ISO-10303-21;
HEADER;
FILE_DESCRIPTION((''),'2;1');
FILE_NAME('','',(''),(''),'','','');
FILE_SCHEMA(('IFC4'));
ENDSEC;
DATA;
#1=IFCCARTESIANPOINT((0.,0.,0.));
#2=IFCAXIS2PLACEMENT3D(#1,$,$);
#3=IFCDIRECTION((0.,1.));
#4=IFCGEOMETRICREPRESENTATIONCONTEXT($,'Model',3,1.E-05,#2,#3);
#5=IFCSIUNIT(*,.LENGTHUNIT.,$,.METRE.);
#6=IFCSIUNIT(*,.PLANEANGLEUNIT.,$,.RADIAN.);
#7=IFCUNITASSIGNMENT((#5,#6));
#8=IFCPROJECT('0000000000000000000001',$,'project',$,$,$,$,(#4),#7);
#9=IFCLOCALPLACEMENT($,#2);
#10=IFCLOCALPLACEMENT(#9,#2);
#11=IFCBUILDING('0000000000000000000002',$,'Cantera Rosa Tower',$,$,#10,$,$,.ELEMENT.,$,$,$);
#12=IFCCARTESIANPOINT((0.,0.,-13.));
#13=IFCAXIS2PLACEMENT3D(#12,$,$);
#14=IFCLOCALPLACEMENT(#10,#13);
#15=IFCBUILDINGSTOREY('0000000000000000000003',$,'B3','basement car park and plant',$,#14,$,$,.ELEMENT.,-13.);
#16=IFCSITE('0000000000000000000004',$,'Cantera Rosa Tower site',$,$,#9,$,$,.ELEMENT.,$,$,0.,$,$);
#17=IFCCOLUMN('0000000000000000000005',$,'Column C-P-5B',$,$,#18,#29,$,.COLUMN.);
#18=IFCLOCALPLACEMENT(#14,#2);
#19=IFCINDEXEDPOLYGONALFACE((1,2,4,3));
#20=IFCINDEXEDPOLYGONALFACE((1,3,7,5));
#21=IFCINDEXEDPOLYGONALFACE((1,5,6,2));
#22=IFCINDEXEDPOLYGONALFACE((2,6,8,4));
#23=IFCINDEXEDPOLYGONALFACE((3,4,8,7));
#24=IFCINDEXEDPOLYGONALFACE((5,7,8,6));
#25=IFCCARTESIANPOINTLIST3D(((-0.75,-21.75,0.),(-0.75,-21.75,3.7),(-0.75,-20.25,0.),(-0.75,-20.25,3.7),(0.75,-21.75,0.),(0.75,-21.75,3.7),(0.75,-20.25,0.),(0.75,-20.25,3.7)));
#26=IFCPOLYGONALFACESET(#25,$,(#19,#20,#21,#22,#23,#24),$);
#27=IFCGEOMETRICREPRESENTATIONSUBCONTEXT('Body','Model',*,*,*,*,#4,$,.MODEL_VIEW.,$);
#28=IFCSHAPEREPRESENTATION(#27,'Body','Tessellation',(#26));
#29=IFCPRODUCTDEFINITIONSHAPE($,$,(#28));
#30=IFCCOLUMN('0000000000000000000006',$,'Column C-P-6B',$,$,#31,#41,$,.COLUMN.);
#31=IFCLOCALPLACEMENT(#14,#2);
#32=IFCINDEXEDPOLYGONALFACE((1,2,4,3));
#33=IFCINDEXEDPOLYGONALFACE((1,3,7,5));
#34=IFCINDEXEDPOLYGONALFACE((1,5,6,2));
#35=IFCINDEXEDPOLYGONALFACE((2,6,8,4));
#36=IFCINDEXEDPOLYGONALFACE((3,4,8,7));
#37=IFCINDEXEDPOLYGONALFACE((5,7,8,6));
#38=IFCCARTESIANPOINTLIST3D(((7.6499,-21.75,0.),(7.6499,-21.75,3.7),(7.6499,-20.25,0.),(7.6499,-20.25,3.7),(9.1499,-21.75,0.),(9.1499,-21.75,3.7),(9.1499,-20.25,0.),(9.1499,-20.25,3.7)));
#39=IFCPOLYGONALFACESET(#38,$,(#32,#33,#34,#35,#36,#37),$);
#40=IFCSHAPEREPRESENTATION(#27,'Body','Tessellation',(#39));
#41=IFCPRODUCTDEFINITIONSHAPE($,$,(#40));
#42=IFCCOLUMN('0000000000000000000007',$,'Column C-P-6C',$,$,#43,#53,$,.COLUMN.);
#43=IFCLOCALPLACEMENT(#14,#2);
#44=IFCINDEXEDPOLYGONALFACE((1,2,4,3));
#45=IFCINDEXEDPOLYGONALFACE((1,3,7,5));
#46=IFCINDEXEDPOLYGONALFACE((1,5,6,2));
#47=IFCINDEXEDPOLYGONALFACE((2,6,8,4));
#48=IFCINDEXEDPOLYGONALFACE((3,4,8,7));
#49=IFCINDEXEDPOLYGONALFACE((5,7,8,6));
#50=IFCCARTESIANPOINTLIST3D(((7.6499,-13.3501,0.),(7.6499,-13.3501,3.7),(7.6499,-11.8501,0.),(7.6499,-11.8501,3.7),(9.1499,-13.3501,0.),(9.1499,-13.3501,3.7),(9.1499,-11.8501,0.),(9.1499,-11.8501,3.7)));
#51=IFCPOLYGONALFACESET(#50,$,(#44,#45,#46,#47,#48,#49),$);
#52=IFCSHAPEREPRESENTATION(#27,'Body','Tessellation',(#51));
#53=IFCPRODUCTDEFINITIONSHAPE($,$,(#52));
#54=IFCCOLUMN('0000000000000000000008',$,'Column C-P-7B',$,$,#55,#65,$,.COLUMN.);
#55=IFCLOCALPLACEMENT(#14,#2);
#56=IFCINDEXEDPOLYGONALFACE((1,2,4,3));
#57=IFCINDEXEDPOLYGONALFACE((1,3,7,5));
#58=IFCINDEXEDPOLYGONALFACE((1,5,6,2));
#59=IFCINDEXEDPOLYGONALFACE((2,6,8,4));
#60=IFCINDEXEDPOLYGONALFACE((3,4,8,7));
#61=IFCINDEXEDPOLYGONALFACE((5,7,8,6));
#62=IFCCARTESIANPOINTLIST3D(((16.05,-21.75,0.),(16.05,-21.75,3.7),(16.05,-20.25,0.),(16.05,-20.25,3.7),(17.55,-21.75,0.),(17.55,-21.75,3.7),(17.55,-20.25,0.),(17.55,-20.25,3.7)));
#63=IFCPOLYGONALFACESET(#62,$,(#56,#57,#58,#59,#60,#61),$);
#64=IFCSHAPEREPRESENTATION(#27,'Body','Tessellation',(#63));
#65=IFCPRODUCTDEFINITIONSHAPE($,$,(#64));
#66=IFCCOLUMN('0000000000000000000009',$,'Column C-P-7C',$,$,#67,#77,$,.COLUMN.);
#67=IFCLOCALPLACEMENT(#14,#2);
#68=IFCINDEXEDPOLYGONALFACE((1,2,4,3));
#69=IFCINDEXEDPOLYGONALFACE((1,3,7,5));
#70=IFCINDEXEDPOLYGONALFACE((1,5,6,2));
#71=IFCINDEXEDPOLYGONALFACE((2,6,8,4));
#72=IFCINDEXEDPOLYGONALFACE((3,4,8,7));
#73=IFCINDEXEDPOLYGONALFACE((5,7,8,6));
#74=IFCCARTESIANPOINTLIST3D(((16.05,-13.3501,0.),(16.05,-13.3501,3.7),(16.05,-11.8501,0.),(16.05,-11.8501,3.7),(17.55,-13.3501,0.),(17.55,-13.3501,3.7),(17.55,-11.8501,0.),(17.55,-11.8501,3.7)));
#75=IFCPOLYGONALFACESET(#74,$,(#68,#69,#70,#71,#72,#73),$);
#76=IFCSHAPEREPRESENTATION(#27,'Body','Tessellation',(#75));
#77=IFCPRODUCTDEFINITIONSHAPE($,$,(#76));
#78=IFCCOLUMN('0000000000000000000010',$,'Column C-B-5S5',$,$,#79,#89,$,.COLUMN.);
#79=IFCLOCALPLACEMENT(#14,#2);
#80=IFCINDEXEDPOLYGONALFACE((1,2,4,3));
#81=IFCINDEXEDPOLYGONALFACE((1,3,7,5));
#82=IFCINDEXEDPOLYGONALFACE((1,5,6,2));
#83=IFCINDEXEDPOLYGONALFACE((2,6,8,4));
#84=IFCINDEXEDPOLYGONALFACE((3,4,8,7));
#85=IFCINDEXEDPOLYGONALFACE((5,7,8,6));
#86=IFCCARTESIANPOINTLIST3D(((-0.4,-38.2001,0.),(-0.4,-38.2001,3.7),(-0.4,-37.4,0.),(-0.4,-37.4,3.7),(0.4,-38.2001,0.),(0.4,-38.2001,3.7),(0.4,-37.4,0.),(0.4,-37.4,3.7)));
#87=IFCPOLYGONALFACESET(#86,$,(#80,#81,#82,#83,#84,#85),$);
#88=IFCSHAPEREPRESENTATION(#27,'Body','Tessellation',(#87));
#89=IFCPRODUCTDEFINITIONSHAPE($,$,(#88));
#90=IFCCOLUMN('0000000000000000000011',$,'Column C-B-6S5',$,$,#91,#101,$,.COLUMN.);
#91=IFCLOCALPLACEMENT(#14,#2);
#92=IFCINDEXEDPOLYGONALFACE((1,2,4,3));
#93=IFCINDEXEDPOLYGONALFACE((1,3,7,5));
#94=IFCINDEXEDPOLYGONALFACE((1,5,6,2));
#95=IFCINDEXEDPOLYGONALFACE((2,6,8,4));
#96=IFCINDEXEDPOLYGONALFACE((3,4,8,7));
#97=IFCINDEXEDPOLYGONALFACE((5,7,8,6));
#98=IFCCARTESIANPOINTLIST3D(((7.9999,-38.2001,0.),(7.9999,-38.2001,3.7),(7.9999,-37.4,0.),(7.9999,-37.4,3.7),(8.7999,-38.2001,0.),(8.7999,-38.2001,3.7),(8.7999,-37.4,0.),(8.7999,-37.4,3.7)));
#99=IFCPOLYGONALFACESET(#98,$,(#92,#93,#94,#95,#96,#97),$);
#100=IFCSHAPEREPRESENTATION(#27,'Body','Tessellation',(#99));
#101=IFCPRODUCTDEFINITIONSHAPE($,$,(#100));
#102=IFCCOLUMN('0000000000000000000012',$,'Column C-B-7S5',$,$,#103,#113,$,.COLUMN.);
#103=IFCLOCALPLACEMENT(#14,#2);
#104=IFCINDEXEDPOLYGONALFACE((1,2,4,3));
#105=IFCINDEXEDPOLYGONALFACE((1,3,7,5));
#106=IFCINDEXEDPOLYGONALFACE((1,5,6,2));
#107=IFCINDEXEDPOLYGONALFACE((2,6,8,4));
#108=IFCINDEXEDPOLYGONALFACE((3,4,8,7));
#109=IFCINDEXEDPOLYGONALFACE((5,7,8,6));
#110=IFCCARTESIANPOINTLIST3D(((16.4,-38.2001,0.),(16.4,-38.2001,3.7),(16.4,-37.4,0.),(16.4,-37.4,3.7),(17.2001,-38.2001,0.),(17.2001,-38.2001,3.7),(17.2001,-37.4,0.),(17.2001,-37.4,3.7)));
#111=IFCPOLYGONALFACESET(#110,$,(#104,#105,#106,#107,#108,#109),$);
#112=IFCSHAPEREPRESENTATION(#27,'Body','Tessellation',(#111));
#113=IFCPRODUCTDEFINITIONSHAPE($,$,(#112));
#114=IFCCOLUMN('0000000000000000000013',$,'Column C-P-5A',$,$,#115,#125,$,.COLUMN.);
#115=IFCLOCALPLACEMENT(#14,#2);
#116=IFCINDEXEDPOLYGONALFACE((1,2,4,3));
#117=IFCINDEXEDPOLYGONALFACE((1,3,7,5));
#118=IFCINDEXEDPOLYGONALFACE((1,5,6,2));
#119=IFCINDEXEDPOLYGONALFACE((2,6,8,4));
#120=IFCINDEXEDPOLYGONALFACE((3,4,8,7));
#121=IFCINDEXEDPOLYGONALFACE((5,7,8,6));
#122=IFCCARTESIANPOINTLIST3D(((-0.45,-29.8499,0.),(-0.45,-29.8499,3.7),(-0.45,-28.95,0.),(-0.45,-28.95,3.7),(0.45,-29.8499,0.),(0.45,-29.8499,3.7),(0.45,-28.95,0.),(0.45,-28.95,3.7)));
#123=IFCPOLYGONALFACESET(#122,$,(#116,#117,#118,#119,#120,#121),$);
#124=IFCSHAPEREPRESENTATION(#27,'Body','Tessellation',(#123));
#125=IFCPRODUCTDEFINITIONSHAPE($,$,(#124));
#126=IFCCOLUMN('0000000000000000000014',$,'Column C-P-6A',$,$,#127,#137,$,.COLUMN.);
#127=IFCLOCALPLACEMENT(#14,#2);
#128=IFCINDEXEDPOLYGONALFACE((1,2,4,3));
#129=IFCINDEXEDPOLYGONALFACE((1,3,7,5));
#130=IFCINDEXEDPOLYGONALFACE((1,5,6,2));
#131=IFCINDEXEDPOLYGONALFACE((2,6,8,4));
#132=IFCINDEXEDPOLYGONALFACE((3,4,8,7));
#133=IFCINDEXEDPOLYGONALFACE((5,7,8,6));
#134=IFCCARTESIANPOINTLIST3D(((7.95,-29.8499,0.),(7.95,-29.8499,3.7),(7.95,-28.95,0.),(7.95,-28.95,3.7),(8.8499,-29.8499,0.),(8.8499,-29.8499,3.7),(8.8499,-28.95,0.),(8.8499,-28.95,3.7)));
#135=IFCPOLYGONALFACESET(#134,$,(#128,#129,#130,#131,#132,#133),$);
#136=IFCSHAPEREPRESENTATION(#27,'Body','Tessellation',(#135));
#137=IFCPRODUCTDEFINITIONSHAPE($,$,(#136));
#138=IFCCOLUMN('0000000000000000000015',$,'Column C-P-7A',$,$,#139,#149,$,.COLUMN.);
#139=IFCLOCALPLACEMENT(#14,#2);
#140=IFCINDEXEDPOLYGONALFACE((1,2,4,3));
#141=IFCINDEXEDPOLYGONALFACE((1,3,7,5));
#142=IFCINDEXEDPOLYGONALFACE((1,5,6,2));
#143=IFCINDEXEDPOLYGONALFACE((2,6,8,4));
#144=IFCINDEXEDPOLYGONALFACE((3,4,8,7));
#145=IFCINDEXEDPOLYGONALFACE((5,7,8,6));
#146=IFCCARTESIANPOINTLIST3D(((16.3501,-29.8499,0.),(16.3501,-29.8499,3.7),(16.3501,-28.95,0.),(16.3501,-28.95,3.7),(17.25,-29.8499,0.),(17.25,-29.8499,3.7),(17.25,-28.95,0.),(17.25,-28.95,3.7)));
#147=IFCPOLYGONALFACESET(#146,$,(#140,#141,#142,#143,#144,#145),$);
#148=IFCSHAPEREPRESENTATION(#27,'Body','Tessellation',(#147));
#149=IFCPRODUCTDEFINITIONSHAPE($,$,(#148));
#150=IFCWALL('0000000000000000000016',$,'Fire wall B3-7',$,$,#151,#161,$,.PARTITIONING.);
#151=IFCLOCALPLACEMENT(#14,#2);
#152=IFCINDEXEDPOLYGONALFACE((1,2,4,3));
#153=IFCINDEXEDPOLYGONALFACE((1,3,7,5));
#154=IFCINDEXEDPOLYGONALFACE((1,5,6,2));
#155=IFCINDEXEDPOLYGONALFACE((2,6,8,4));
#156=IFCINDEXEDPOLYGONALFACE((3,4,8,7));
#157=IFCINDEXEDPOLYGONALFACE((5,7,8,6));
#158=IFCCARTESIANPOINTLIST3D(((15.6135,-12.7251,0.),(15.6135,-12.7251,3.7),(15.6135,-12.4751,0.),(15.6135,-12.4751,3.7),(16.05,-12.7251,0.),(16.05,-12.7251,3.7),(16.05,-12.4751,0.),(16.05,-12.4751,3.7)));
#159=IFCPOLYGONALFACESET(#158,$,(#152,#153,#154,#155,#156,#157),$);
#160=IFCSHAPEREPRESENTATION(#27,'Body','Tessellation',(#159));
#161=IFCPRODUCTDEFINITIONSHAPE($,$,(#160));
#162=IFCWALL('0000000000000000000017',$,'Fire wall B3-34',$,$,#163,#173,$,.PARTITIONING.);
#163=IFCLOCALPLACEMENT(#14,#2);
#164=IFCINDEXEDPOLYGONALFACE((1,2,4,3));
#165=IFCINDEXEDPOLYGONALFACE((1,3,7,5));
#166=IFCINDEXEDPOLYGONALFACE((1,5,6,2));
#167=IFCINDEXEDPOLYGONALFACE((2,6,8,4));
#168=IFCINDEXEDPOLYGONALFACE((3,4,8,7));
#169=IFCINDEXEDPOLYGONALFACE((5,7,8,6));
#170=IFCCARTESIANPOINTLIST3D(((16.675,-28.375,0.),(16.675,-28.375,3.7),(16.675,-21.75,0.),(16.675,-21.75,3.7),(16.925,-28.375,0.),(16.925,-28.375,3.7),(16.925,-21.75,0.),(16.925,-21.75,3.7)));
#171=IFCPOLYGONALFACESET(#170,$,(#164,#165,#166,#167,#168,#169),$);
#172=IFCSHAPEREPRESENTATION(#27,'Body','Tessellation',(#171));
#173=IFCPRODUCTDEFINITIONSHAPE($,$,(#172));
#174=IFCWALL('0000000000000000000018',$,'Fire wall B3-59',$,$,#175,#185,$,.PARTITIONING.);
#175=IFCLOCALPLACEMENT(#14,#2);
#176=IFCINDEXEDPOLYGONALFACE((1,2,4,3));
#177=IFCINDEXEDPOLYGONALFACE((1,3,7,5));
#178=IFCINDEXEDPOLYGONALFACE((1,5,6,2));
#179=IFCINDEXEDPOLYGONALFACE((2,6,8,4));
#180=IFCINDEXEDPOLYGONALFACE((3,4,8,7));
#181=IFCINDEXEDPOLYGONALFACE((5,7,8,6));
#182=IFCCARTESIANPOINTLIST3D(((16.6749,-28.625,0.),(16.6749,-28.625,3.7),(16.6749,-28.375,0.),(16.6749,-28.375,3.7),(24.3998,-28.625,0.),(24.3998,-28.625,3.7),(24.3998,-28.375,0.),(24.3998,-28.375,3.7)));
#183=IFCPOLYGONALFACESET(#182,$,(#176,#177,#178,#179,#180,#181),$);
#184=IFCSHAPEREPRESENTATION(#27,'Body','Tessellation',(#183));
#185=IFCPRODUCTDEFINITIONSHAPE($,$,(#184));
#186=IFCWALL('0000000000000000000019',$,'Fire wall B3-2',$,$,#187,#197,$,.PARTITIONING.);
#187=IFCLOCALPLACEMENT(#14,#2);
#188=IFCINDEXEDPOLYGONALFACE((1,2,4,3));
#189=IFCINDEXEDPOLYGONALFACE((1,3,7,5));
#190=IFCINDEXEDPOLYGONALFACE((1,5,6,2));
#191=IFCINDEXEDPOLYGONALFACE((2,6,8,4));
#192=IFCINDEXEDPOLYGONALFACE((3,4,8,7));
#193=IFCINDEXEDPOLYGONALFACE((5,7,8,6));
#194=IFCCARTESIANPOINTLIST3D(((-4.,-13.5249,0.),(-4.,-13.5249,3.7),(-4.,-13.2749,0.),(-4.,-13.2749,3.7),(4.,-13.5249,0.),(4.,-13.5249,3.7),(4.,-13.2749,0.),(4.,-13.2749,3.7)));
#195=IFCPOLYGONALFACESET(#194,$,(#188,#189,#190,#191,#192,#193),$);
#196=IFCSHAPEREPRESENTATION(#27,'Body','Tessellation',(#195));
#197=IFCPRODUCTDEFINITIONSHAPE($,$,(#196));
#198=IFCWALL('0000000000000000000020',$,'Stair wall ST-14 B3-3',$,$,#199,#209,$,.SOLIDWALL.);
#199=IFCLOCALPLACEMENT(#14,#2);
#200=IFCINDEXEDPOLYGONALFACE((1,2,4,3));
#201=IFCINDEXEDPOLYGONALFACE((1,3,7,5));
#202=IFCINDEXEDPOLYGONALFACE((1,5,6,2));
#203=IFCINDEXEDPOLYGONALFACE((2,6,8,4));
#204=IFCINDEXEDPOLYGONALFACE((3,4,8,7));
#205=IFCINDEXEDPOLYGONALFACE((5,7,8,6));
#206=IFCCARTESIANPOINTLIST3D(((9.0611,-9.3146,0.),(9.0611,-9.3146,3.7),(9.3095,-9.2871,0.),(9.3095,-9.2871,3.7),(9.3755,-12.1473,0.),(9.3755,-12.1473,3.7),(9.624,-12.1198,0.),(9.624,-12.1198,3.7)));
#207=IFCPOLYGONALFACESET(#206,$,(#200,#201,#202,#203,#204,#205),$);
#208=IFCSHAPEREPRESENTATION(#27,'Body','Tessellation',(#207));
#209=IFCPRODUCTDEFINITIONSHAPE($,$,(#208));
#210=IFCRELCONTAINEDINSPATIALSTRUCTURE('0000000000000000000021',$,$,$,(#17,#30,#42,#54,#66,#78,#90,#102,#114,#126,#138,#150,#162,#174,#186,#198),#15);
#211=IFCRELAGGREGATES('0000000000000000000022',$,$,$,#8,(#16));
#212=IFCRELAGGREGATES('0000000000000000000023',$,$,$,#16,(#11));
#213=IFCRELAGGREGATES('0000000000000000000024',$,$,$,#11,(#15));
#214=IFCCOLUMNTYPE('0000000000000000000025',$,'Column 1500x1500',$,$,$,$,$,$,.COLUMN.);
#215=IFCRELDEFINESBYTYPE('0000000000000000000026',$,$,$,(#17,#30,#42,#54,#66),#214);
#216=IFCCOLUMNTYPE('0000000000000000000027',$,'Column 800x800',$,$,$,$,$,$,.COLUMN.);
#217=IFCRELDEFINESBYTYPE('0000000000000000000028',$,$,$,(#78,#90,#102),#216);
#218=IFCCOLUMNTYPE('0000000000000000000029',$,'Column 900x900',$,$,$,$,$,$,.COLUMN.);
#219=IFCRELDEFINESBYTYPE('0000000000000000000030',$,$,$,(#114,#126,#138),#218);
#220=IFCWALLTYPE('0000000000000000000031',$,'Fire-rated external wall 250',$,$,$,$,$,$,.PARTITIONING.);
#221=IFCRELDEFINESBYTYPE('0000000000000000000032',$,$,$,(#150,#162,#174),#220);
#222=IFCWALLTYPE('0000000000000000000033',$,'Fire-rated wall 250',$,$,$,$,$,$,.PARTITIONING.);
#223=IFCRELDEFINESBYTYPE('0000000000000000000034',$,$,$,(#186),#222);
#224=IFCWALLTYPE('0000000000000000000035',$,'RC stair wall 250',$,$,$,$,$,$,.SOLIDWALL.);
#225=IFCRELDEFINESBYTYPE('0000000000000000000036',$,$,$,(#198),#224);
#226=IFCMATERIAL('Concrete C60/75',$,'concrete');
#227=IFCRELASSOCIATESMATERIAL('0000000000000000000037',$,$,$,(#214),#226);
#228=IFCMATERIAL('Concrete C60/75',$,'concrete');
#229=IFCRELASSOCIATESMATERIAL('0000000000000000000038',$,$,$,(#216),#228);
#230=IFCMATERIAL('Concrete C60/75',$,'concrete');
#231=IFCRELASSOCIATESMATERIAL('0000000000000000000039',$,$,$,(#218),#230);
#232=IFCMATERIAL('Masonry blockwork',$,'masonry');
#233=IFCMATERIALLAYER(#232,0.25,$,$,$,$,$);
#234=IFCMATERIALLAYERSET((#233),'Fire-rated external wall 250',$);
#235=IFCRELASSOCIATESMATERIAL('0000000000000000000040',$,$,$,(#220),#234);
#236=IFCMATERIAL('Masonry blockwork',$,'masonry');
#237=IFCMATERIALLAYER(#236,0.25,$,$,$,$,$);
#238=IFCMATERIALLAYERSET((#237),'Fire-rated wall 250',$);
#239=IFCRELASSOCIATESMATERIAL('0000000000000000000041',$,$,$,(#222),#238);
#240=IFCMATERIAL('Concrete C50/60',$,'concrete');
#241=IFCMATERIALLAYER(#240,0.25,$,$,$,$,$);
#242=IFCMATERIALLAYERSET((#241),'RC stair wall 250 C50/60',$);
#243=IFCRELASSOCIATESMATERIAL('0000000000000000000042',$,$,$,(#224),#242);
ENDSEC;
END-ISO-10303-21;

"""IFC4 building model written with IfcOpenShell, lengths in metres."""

from ifc_helpers import new_model, si_unit, direction, frame, frame_2d, origin, origin_2d, place, context, subcontext, project, spatial, rectangle, extrude, material, layer, layer_set, material_profile, profile_set, type_object, element, save


model = new_model("IFC4")

# Units and contexts
model_context = context("Model", 3, precision=1e-05, world=origin(), true_north=direction((0.0, 1.0)))
body_context = subcontext(model_context, "Body", "Model", "MODEL_VIEW")
ifc_project = project(units=[si_unit("LENGTHUNIT", "METRE"), si_unit("PLANEANGLEUNIT", "RADIAN")], contexts=[model_context])

# Site, building, storey
site_placement = place(None, origin())
site = spatial("IfcSite", under=ifc_project, at=site_placement, Name="Cantera Rosa Tower site", CompositionType="ELEMENT", RefElevation=0.0)
building_placement = place(site_placement, origin())
building = spatial("IfcBuilding", under=site, at=building_placement, Name="Cantera Rosa Tower", CompositionType="ELEMENT")
storey_placement = place(building_placement, frame((0.0, 0.0, -13.0)))
storey = spatial("IfcBuildingStorey", under=building, at=storey_placement, Name="B3", Description="basement car park and plant", CompositionType="ELEMENT", Elevation=-13.0)

# Columns
ifc_material_1 = material(Name="Concrete C60/75", Category="concrete")
ifc_material_profile_1 = material_profile(ifc_material_1, rectangle(XDim=1.5, YDim=1.5, at=origin_2d()), Name="Column 1500x1500")
ifc_profile_set_1 = profile_set([ifc_material_profile_1], Name="Concrete C60/75")
column_type_1 = type_object("IfcColumnType", Name="Column 1500x1500", PredefinedType="COLUMN", material=ifc_profile_set_1)
for number, where, z_axis, x_axis, name in (
    (1, (0.0, -21.0, 0.0), (0.0, 0.0, 1.0), (1.0, 0.0, 0.0), "Column C-P-5B"),
    (2, (8.3999, -21.0, 0.0), (0.0, 0.0, 1.0), (1.0, 0.0, 0.0), "Column C-P-6B"),
    (3, (8.3999, -12.6001, 0.0), (0.0, 0.0, 1.0), (1.0, 0.0, 0.0), "Column C-P-6C"),
    (4, (16.8, -21.0, 0.0), (0.0, 0.0, 1.0), (1.0, 0.0, 0.0), "Column C-P-7B"),
    (5, (16.8, -12.6001, 0.0), (0.0, 0.0, 1.0), (1.0, 0.0, 0.0), "Column C-P-7C"),
):
    element("IfcColumn", number, at=place(storey_placement, frame(where, z_axis=z_axis, x_axis=x_axis)), inside=storey, type_object=column_type_1, Name=name, PredefinedType="COLUMN", context=body_context, shape_type="SweptSolid", body=[
        extrude(rectangle(XDim=1.5, YDim=1.5, at=origin_2d()), origin(), (0.0, 0.0, 1.0), 3.7),
    ])
ifc_material_2 = material(Name="Concrete C60/75", Category="concrete")
ifc_material_profile_2 = material_profile(ifc_material_2, rectangle(XDim=0.8, YDim=0.8, at=origin_2d()), Name="Column 800x800")
ifc_profile_set_2 = profile_set([ifc_material_profile_2], Name="Concrete C60/75")
column_type_2 = type_object("IfcColumnType", Name="Column 800x800", PredefinedType="COLUMN", material=ifc_profile_set_2)
for number, where, z_axis, x_axis, name in (
    (6, (0.0, -37.8, 0.0), (0.0, 0.0, 1.0), (1.0, 0.0, 0.0), "Column C-B-5S5"),
    (7, (8.3999, -37.8, 0.0), (0.0, 0.0, 1.0), (1.0, 0.0, 0.0), "Column C-B-6S5"),
    (8, (16.8, -37.8, 0.0), (0.0, 0.0, 1.0), (1.0, 0.0, 0.0), "Column C-B-7S5"),
):
    element("IfcColumn", number, at=place(storey_placement, frame(where, z_axis=z_axis, x_axis=x_axis)), inside=storey, type_object=column_type_2, Name=name, PredefinedType="COLUMN", context=body_context, shape_type="SweptSolid", body=[
        extrude(rectangle(XDim=0.8, YDim=0.8, at=origin_2d()), origin(), (0.0, 0.0, 1.0), 3.7),
    ])
ifc_material_3 = material(Name="Concrete C60/75", Category="concrete")
ifc_material_profile_3 = material_profile(ifc_material_3, rectangle(XDim=0.8999, YDim=0.8999, at=origin_2d()), Name="Column 900x900")
ifc_profile_set_3 = profile_set([ifc_material_profile_3], Name="Concrete C60/75")
column_type_3 = type_object("IfcColumnType", Name="Column 900x900", PredefinedType="COLUMN", material=ifc_profile_set_3)
for number, where, z_axis, x_axis, name in (
    (9, (0.0, -29.3999, 0.0), (0.0, 0.0, 1.0), (1.0, 0.0, 0.0), "Column C-P-5A"),
    (10, (8.3999, -29.3999, 0.0), (0.0, 0.0, 1.0), (1.0, 0.0, 0.0), "Column C-P-6A"),
    (11, (16.8, -29.3999, 0.0), (0.0, 0.0, 1.0), (1.0, 0.0, 0.0), "Column C-P-7A"),
):
    element("IfcColumn", number, at=place(storey_placement, frame(where, z_axis=z_axis, x_axis=x_axis)), inside=storey, type_object=column_type_3, Name=name, PredefinedType="COLUMN", context=body_context, shape_type="SweptSolid", body=[
        extrude(rectangle(XDim=0.8999, YDim=0.8999, at=origin_2d()), origin(), (0.0, 0.0, 1.0), 3.7),
    ])

# Walls
ifc_material_4 = material(Name="Masonry blockwork", Category="masonry")
ifc_layer_1 = layer(ifc_material_4, 0.25)
ifc_layer_set_1 = layer_set([ifc_layer_1], Name="Fire-rated external wall 250")
wall_type_1 = type_object("IfcWallType", Name="Fire-rated external wall 250", PredefinedType="PARTITIONING", material=ifc_layer_set_1)
wall_1_placement = place(storey_placement, frame((15.6135, -12.6001, 0.0), z_axis=(0.0, 0.0, 1.0), x_axis=(1.0, 0.0, 0.0)))
element("IfcWall", 12, at=wall_1_placement, inside=storey, type_object=wall_type_1, Name="Fire wall B3-7", PredefinedType="PARTITIONING", context=body_context, shape_type="SweptSolid", body=[
    extrude(rectangle(XDim=0.4365, YDim=0.25, at=frame_2d((0.2183, 0.0))), origin(), (0.0, 0.0, 1.0), 3.7),
])
wall_2_placement = place(storey_placement, frame((16.8, -28.375, 0.0), z_axis=(0.0, 0.0, 1.0), x_axis=(0.0, 1.0, 0.0)))
element("IfcWall", 13, at=wall_2_placement, inside=storey, type_object=wall_type_1, Name="Fire wall B3-34", PredefinedType="PARTITIONING", context=body_context, shape_type="SweptSolid", body=[
    extrude(rectangle(XDim=6.625, YDim=0.25, at=frame_2d((3.3125, 0.0))), origin(), (0.0, 0.0, 1.0), 3.7),
])
wall_3_placement = place(storey_placement, frame((16.675, -28.5, 0.0), z_axis=(0.0, 0.0, 1.0), x_axis=(1.0, 0.0, 0.0)))
element("IfcWall", 14, at=wall_3_placement, inside=storey, type_object=wall_type_1, Name="Fire wall B3-59", PredefinedType="PARTITIONING", context=body_context, shape_type="SweptSolid", body=[
    extrude(rectangle(XDim=7.7249, YDim=0.25, at=frame_2d((3.8623, 0.0))), origin(), (0.0, 0.0, 1.0), 3.7),
])
ifc_material_5 = material(Name="Masonry blockwork", Category="masonry")
ifc_layer_2 = layer(ifc_material_5, 0.25)
ifc_layer_set_2 = layer_set([ifc_layer_2], Name="Fire-rated wall 250")
wall_type_2 = type_object("IfcWallType", Name="Fire-rated wall 250", PredefinedType="PARTITIONING", material=ifc_layer_set_2)
wall_4_placement = place(storey_placement, frame((-4.0, -13.3999, 0.0), z_axis=(0.0, 0.0, 1.0), x_axis=(1.0, 0.0, 0.0)))
element("IfcWall", 15, at=wall_4_placement, inside=storey, type_object=wall_type_2, Name="Fire wall B3-2", PredefinedType="PARTITIONING", context=body_context, shape_type="SweptSolid", body=[
    extrude(rectangle(XDim=8.0, YDim=0.25, at=frame_2d((4.0, 0.0))), origin(), (0.0, 0.0, 1.0), 3.7),
])
ifc_material_6 = material(Name="Concrete C50/60", Category="concrete")
ifc_layer_3 = layer(ifc_material_6, 0.25)
ifc_layer_set_3 = layer_set([ifc_layer_3], Name="RC stair wall 250 C50/60")
wall_type_3 = type_object("IfcWallType", Name="RC stair wall 250", PredefinedType="SOLIDWALL", material=ifc_layer_set_3)
wall_5_placement = place(storey_placement, frame((9.4998, -12.1335, 0.0), z_axis=(0.0, 0.0, 1.0), x_axis=(-0.110328, 0.993895, 0.0)))
element("IfcWall", 16, at=wall_5_placement, inside=storey, type_object=wall_type_3, Name="Stair wall ST-14 B3-3", PredefinedType="SOLIDWALL", context=body_context, shape_type="SweptSolid", body=[
    extrude(rectangle(XDim=2.8501, YDim=0.25, at=frame_2d((1.425, 0.0))), origin(), (0.0, 0.0, 1.0), 3.7),
])

save(model, "model.ifc")
